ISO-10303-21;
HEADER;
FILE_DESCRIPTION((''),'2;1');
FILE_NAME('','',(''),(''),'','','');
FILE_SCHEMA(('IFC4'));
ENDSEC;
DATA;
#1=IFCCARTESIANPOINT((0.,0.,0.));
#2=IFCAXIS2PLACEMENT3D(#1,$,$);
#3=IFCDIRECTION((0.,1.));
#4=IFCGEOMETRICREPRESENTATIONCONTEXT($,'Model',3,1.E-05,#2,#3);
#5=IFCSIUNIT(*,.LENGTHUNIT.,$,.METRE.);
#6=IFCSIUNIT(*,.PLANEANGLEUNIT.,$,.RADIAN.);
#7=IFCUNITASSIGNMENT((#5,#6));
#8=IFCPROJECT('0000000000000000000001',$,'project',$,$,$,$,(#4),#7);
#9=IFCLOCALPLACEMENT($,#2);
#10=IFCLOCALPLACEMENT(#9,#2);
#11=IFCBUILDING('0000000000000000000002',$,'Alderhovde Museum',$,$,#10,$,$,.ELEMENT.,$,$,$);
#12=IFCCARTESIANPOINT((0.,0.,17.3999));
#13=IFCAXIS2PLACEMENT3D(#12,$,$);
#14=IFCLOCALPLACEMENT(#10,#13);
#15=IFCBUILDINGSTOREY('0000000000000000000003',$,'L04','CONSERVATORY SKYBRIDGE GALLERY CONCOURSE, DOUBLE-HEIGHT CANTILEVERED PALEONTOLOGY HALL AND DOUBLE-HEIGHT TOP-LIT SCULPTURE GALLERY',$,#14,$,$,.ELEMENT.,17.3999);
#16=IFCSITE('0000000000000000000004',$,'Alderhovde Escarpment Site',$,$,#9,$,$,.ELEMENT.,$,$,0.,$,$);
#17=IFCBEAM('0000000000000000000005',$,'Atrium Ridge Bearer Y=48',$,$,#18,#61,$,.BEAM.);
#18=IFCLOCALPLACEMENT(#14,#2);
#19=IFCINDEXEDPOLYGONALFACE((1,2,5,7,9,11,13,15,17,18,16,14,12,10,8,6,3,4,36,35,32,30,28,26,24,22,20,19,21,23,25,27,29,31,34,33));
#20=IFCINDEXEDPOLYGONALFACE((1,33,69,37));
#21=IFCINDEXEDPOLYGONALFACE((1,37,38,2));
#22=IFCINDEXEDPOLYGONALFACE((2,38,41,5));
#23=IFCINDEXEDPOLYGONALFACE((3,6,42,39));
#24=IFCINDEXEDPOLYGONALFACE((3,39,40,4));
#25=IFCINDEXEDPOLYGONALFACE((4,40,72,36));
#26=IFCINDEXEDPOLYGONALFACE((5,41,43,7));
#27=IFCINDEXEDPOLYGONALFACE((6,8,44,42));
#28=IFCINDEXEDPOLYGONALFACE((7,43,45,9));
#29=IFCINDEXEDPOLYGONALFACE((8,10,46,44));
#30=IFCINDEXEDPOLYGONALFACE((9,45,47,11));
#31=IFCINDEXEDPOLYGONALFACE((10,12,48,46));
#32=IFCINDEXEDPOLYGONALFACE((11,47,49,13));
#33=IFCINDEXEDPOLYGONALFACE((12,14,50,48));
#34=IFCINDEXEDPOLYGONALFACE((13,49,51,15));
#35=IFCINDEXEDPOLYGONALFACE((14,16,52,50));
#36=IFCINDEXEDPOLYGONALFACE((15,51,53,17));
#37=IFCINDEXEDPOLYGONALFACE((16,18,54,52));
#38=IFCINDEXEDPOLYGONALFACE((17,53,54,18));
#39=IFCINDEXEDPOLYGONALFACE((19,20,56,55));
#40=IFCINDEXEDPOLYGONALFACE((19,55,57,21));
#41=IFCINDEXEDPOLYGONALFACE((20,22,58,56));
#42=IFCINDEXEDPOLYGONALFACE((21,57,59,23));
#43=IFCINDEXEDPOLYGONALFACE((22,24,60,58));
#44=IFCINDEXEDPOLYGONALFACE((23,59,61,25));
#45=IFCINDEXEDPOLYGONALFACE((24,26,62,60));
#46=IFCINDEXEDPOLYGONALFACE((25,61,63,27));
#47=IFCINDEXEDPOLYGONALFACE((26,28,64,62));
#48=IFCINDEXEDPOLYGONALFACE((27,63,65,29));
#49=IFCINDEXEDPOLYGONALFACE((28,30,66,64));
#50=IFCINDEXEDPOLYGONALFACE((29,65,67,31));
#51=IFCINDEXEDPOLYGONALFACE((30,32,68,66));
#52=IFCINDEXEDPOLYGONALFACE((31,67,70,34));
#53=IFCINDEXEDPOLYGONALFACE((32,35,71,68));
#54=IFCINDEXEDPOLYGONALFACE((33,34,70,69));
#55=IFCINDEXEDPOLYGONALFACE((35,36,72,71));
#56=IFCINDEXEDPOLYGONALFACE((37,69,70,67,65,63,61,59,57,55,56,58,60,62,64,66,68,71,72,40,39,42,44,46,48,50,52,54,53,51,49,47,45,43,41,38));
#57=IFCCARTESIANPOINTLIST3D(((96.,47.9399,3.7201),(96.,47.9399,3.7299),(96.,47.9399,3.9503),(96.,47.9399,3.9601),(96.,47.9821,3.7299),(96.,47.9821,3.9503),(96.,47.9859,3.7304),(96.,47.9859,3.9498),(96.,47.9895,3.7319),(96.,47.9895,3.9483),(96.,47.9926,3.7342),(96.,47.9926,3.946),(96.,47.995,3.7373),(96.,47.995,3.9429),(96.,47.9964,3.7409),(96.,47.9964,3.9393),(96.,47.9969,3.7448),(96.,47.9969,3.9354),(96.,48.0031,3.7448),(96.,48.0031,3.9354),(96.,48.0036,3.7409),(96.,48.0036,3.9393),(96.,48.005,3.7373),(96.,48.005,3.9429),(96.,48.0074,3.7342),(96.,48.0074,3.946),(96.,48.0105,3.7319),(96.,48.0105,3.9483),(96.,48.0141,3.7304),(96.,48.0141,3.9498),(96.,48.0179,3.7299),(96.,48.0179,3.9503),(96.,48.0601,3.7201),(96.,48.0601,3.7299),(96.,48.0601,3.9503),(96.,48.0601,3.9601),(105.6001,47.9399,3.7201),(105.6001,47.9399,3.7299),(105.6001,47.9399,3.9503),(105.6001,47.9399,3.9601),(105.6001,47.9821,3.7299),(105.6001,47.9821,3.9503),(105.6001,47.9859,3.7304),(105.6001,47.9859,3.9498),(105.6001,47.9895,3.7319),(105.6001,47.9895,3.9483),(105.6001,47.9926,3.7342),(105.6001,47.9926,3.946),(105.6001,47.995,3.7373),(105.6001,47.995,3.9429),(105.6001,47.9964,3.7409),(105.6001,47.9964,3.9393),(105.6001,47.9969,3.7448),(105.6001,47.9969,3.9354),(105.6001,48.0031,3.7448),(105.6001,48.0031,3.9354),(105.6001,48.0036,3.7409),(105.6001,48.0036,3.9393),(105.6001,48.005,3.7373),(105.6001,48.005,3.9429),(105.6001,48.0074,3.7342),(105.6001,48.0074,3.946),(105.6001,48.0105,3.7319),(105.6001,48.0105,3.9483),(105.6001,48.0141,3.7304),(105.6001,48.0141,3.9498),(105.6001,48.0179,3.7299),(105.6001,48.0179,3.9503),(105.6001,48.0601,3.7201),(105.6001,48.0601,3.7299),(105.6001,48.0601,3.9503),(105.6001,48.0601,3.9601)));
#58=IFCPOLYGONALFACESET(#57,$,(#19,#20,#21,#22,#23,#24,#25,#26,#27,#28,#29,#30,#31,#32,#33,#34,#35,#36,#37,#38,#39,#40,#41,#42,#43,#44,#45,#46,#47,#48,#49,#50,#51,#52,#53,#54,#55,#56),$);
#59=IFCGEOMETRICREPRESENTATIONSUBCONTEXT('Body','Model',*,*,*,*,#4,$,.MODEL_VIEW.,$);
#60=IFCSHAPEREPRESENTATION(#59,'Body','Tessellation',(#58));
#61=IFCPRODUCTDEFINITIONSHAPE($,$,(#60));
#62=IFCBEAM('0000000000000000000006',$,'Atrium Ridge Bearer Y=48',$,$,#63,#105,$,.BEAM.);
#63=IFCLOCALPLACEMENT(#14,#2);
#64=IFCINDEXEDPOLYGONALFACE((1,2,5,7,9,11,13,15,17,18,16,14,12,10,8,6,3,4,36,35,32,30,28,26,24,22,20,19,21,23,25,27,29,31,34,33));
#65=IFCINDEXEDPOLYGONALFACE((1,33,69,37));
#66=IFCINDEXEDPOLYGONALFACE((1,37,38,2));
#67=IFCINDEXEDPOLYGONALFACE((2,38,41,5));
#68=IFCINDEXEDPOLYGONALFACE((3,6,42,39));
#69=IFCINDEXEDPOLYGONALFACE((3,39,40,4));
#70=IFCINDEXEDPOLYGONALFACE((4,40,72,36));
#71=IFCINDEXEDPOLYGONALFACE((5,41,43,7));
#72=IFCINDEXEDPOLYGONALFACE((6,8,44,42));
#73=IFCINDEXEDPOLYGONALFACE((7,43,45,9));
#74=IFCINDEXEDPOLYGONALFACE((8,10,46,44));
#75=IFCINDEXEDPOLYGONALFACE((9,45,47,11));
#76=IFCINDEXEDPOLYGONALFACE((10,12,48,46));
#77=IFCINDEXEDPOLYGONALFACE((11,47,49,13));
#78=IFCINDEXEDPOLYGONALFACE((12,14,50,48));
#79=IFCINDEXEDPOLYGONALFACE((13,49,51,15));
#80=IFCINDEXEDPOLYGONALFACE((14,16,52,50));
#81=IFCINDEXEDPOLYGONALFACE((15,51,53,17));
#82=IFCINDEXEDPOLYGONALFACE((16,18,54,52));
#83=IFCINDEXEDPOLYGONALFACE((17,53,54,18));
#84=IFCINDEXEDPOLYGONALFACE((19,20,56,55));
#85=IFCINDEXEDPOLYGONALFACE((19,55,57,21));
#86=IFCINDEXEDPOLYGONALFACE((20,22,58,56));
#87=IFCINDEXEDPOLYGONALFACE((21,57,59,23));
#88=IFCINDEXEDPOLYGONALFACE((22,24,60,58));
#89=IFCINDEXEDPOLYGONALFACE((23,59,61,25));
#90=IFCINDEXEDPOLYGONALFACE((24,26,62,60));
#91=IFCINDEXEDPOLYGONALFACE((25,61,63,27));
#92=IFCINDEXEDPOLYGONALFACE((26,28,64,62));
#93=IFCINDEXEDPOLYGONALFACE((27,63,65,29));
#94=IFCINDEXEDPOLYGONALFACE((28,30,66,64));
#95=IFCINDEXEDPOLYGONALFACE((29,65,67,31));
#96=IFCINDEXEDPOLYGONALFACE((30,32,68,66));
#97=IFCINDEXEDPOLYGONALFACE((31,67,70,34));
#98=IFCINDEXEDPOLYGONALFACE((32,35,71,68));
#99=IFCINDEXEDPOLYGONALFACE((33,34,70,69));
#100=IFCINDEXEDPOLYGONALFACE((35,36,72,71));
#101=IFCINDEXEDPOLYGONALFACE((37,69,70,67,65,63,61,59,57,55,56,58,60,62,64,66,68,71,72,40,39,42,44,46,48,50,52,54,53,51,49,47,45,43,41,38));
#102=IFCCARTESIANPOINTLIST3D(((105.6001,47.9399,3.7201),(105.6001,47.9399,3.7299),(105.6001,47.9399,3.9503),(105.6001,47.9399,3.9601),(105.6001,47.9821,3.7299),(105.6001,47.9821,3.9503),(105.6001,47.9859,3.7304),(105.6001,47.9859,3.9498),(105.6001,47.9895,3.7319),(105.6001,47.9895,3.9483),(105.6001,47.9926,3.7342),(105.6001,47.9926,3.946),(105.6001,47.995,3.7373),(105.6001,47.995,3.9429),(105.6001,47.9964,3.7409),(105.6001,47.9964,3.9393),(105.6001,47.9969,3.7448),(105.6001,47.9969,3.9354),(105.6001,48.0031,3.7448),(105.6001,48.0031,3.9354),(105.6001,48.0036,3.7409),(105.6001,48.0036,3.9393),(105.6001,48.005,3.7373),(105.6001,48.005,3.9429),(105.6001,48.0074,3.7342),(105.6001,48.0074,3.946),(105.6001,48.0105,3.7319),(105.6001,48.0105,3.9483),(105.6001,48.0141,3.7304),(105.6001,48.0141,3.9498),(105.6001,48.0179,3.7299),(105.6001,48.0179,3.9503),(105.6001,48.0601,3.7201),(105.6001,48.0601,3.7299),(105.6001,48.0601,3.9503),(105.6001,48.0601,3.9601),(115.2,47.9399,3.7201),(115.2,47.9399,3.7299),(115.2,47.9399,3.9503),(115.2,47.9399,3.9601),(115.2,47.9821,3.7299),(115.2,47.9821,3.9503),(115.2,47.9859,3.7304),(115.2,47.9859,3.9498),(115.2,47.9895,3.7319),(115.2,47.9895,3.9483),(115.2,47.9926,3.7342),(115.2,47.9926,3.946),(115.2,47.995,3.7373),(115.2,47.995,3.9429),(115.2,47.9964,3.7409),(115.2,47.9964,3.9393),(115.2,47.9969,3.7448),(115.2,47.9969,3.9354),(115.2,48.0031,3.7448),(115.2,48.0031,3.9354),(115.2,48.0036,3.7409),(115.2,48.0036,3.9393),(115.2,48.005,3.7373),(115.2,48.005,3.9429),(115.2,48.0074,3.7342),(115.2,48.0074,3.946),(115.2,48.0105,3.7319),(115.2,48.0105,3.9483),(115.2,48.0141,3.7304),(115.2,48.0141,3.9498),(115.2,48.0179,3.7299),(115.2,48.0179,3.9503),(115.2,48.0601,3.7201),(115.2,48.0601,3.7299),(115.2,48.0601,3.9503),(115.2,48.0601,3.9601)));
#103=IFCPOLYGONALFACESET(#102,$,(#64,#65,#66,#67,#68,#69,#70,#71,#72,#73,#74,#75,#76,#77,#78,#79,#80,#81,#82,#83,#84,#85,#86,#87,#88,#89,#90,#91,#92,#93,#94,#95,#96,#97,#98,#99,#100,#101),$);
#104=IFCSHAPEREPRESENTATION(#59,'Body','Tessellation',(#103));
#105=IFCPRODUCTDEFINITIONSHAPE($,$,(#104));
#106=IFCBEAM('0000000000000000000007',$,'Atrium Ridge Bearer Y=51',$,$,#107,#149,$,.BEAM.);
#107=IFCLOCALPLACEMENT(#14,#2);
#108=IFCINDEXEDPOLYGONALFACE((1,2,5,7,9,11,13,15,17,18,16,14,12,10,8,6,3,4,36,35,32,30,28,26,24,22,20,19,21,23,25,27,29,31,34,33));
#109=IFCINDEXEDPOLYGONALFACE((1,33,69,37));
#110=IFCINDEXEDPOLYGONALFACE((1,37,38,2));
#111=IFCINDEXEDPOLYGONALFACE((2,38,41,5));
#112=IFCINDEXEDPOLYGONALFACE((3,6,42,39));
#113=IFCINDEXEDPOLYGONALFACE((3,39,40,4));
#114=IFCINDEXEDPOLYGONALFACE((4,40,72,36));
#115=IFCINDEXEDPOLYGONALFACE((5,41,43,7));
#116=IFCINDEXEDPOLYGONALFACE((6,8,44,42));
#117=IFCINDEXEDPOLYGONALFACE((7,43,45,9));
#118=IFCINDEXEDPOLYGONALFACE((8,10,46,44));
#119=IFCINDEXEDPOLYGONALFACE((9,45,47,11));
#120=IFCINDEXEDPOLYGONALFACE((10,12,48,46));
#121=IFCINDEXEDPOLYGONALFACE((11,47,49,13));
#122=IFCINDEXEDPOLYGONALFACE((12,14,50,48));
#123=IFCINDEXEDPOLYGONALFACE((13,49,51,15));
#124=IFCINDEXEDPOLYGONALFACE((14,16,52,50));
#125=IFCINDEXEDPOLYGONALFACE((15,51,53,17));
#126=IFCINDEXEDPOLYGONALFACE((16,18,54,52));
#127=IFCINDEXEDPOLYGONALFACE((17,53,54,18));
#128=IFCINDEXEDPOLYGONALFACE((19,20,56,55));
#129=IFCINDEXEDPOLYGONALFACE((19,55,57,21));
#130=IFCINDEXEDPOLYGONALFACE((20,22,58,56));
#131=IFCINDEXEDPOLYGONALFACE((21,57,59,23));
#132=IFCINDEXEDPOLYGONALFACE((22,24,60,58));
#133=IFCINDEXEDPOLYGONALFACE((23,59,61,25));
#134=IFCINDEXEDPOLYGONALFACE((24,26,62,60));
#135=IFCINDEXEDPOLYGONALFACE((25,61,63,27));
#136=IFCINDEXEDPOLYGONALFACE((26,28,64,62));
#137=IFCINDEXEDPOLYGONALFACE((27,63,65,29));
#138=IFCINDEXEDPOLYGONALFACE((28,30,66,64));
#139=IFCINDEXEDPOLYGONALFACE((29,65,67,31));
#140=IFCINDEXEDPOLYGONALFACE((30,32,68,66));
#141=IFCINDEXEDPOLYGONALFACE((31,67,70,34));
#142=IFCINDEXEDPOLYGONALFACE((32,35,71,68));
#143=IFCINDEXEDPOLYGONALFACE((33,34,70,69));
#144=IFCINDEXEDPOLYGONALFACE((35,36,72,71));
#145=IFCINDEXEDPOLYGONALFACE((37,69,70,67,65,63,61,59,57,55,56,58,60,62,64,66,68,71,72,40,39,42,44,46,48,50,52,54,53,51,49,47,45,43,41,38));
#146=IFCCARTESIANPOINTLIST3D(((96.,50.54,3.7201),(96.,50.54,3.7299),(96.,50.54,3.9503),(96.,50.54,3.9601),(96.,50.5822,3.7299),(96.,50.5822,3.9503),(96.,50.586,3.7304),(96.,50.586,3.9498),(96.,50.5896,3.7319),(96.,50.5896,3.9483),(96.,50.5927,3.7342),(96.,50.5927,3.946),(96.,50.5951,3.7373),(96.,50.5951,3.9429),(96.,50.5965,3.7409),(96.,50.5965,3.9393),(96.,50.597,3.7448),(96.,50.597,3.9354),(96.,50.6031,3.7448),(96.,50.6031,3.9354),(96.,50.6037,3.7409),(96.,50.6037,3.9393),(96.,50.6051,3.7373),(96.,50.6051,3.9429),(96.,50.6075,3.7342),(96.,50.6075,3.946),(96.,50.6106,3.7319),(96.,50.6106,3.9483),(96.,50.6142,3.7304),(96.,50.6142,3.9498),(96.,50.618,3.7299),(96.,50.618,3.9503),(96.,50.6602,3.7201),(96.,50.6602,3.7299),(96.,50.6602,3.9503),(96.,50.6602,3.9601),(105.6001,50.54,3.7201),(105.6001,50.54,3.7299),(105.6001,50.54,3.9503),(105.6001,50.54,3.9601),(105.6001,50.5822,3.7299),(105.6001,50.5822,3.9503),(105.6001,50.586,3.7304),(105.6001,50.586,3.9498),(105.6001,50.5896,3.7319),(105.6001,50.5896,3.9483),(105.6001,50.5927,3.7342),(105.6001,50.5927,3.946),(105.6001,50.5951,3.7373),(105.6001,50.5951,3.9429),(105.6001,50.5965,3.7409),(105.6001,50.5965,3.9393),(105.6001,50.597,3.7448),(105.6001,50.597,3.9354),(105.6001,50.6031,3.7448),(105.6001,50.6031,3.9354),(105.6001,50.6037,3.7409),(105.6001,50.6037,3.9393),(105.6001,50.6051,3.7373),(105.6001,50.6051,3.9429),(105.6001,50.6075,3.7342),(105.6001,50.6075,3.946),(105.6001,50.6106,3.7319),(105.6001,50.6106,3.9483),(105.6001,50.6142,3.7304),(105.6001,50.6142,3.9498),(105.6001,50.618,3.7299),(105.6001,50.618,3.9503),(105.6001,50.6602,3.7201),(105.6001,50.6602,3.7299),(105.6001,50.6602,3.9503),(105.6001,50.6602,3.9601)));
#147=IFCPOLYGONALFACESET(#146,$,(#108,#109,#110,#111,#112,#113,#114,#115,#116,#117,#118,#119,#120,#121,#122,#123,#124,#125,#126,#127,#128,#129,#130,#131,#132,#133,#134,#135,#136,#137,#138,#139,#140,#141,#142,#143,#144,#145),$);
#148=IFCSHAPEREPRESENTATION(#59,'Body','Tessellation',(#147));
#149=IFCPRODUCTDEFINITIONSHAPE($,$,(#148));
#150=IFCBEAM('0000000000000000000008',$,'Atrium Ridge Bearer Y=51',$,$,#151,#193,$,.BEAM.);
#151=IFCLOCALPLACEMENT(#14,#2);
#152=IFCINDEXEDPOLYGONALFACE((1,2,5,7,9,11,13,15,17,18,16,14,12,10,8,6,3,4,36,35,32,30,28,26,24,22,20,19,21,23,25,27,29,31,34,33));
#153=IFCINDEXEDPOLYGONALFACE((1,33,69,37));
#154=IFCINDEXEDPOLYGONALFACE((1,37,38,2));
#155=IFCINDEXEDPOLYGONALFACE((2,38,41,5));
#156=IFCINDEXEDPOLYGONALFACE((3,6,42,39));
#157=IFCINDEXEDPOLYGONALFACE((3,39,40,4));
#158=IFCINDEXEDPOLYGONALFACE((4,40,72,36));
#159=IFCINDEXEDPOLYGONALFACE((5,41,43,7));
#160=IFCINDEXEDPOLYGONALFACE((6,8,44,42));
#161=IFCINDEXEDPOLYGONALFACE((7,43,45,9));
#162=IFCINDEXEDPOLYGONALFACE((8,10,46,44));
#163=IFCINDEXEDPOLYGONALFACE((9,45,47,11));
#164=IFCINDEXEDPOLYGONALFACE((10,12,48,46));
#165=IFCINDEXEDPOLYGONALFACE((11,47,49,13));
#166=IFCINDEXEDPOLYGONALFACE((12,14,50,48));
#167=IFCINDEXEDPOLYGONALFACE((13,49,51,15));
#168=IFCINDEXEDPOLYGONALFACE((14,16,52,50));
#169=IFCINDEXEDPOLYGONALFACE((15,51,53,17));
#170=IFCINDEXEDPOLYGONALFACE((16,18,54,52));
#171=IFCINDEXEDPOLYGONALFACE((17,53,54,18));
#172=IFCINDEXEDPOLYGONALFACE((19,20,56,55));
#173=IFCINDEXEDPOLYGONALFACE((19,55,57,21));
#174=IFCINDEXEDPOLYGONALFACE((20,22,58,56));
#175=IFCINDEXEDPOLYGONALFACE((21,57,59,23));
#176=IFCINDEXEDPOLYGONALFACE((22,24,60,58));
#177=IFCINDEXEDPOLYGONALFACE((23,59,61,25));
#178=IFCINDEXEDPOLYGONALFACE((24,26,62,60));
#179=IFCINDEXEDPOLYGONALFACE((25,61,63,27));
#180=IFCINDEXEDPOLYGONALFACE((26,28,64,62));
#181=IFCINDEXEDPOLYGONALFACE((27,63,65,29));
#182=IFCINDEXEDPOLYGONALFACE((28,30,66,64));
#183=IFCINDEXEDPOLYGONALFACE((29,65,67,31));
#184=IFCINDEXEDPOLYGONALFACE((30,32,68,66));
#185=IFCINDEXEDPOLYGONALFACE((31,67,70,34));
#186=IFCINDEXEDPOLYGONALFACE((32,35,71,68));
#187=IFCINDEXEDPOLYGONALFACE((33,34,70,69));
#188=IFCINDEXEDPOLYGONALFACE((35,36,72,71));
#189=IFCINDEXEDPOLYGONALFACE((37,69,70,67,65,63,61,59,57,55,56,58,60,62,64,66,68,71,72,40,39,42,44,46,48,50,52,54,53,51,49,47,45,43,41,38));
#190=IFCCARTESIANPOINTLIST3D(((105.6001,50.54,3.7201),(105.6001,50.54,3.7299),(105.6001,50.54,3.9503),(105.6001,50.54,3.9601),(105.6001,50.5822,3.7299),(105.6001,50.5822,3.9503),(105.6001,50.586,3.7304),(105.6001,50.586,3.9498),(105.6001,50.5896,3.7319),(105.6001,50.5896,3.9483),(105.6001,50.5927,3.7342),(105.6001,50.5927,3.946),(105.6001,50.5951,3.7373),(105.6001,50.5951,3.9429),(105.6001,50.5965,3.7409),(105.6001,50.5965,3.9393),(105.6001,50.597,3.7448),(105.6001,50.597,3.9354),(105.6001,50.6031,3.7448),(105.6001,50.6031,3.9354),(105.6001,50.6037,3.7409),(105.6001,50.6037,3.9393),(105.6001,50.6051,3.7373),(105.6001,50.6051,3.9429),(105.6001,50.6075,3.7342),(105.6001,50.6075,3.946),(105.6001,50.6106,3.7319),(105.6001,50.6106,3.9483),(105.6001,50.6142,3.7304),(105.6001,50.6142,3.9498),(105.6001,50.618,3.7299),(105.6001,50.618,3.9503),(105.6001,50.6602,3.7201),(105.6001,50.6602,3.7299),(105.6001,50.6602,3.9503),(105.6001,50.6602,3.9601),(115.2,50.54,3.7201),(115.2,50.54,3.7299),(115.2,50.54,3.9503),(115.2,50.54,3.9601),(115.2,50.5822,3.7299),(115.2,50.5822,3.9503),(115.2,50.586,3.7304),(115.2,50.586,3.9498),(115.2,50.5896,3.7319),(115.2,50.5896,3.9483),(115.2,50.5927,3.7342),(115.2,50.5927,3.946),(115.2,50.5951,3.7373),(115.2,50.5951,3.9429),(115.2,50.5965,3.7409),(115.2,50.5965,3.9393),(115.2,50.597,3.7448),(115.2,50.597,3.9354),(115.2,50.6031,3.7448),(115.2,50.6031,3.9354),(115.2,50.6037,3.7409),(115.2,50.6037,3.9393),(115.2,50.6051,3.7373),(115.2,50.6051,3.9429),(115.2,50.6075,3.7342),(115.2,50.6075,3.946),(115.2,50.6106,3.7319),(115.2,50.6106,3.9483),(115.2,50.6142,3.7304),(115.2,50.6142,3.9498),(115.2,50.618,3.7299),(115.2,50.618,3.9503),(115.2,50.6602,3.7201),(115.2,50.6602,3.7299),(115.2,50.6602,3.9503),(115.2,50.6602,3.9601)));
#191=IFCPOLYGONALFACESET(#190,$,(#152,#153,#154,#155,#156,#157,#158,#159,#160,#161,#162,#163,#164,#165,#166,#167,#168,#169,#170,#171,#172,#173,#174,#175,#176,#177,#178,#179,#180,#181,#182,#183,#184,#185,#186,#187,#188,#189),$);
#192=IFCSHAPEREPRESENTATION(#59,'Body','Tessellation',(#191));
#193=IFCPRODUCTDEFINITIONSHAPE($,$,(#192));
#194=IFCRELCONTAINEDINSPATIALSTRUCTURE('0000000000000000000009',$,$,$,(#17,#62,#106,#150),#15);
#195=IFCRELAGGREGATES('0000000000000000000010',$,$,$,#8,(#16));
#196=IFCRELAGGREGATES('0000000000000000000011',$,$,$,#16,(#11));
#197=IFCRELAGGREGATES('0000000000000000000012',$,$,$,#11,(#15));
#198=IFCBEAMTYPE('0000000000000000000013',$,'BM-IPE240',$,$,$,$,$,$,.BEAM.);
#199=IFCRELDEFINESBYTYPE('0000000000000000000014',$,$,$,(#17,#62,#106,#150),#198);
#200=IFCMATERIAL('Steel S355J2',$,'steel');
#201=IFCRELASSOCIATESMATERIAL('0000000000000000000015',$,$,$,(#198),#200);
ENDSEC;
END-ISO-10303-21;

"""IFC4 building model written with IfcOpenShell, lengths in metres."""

from ifc_helpers import new_model, si_unit, direction, frame, origin, origin_2d, place, context, subcontext, project, spatial, i_section, extrude, material, material_profile, profile_set, type_object, element, save


model = new_model("IFC4")

# Units and contexts
model_context = context("Model", 3, precision=1e-05, world=origin(), true_north=direction((0.0, 1.0)))
body_context = subcontext(model_context, "Body", "Model", "MODEL_VIEW")
ifc_project = project(units=[si_unit("LENGTHUNIT", "METRE"), si_unit("PLANEANGLEUNIT", "RADIAN")], contexts=[model_context])

# Site, building, storey
site_placement = place(None, origin())
site = spatial("IfcSite", under=ifc_project, at=site_placement, Name="Alderhovde Escarpment Site", CompositionType="ELEMENT", RefElevation=0.0)
building_placement = place(site_placement, origin())
building = spatial("IfcBuilding", under=site, at=building_placement, Name="Alderhovde Museum", CompositionType="ELEMENT")
storey_placement = place(building_placement, frame((0.0, 0.0, 17.3999)))
storey = spatial("IfcBuildingStorey", under=building, at=storey_placement, Name="L04", Description="CONSERVATORY SKYBRIDGE GALLERY CONCOURSE, DOUBLE-HEIGHT CANTILEVERED PALEONTOLOGY HALL AND DOUBLE-HEIGHT TOP-LIT SCULPTURE GALLERY", CompositionType="ELEMENT", Elevation=17.3999)

# Beams
ifc_material_1 = material(Name="Steel S355J2", Category="steel")
ifc_material_profile_1 = material_profile(ifc_material_1, i_section(OverallWidth=0.1201, OverallDepth=0.24, WebThickness=0.0061, FlangeThickness=0.0098, FilletRadius=0.0149, at=origin_2d()), Name="IPE 240")
ifc_profile_set_1 = profile_set([ifc_material_profile_1], Name="Steel S355J2")
beam_type = type_object("IfcBeamType", Name="BM-IPE240", PredefinedType="BEAM", material=ifc_profile_set_1)
beam_1_placement = place(storey_placement, frame((96.0, 48.0, 3.8401), z_axis=(1.0, 0.0, 0.0), x_axis=(0.0, 1.0, 0.0)))
element("IfcBeam", 1, at=beam_1_placement, inside=storey, type_object=beam_type, Name="Atrium Ridge Bearer Y=48", PredefinedType="BEAM", context=body_context, shape_type="SweptSolid", body=[
    extrude(i_section(OverallWidth=0.1201, OverallDepth=0.24, WebThickness=0.0061, FlangeThickness=0.0098, FilletRadius=0.0149, at=origin_2d()), origin(), (0.0, 0.0, 1.0), 9.6001),
])
beam_2_placement = place(storey_placement, frame((105.6001, 48.0, 3.8401), z_axis=(1.0, 0.0, 0.0), x_axis=(0.0, 1.0, 0.0)))
element("IfcBeam", 2, at=beam_2_placement, inside=storey, type_object=beam_type, Name="Atrium Ridge Bearer Y=48", PredefinedType="BEAM", context=body_context, shape_type="SweptSolid", body=[
    extrude(i_section(OverallWidth=0.1201, OverallDepth=0.24, WebThickness=0.0061, FlangeThickness=0.0098, FilletRadius=0.0149, at=origin_2d()), origin(), (0.0, 0.0, 1.0), 9.5999),
])
beam_3_placement = place(storey_placement, frame((96.0, 50.6001, 3.8401), z_axis=(1.0, 0.0, 0.0), x_axis=(0.0, 1.0, 0.0)))
element("IfcBeam", 3, at=beam_3_placement, inside=storey, type_object=beam_type, Name="Atrium Ridge Bearer Y=51", PredefinedType="BEAM", context=body_context, shape_type="SweptSolid", body=[
    extrude(i_section(OverallWidth=0.1201, OverallDepth=0.24, WebThickness=0.0061, FlangeThickness=0.0098, FilletRadius=0.0149, at=origin_2d()), origin(), (0.0, 0.0, 1.0), 9.6001),
])
beam_4_placement = place(storey_placement, frame((105.6001, 50.6001, 3.8401), z_axis=(1.0, 0.0, 0.0), x_axis=(0.0, 1.0, 0.0)))
element("IfcBeam", 4, at=beam_4_placement, inside=storey, type_object=beam_type, Name="Atrium Ridge Bearer Y=51", PredefinedType="BEAM", context=body_context, shape_type="SweptSolid", body=[
    extrude(i_section(OverallWidth=0.1201, OverallDepth=0.24, WebThickness=0.0061, FlangeThickness=0.0098, FilletRadius=0.0149, at=origin_2d()), origin(), (0.0, 0.0, 1.0), 9.5999),
])

save(model, "model.ifc")
